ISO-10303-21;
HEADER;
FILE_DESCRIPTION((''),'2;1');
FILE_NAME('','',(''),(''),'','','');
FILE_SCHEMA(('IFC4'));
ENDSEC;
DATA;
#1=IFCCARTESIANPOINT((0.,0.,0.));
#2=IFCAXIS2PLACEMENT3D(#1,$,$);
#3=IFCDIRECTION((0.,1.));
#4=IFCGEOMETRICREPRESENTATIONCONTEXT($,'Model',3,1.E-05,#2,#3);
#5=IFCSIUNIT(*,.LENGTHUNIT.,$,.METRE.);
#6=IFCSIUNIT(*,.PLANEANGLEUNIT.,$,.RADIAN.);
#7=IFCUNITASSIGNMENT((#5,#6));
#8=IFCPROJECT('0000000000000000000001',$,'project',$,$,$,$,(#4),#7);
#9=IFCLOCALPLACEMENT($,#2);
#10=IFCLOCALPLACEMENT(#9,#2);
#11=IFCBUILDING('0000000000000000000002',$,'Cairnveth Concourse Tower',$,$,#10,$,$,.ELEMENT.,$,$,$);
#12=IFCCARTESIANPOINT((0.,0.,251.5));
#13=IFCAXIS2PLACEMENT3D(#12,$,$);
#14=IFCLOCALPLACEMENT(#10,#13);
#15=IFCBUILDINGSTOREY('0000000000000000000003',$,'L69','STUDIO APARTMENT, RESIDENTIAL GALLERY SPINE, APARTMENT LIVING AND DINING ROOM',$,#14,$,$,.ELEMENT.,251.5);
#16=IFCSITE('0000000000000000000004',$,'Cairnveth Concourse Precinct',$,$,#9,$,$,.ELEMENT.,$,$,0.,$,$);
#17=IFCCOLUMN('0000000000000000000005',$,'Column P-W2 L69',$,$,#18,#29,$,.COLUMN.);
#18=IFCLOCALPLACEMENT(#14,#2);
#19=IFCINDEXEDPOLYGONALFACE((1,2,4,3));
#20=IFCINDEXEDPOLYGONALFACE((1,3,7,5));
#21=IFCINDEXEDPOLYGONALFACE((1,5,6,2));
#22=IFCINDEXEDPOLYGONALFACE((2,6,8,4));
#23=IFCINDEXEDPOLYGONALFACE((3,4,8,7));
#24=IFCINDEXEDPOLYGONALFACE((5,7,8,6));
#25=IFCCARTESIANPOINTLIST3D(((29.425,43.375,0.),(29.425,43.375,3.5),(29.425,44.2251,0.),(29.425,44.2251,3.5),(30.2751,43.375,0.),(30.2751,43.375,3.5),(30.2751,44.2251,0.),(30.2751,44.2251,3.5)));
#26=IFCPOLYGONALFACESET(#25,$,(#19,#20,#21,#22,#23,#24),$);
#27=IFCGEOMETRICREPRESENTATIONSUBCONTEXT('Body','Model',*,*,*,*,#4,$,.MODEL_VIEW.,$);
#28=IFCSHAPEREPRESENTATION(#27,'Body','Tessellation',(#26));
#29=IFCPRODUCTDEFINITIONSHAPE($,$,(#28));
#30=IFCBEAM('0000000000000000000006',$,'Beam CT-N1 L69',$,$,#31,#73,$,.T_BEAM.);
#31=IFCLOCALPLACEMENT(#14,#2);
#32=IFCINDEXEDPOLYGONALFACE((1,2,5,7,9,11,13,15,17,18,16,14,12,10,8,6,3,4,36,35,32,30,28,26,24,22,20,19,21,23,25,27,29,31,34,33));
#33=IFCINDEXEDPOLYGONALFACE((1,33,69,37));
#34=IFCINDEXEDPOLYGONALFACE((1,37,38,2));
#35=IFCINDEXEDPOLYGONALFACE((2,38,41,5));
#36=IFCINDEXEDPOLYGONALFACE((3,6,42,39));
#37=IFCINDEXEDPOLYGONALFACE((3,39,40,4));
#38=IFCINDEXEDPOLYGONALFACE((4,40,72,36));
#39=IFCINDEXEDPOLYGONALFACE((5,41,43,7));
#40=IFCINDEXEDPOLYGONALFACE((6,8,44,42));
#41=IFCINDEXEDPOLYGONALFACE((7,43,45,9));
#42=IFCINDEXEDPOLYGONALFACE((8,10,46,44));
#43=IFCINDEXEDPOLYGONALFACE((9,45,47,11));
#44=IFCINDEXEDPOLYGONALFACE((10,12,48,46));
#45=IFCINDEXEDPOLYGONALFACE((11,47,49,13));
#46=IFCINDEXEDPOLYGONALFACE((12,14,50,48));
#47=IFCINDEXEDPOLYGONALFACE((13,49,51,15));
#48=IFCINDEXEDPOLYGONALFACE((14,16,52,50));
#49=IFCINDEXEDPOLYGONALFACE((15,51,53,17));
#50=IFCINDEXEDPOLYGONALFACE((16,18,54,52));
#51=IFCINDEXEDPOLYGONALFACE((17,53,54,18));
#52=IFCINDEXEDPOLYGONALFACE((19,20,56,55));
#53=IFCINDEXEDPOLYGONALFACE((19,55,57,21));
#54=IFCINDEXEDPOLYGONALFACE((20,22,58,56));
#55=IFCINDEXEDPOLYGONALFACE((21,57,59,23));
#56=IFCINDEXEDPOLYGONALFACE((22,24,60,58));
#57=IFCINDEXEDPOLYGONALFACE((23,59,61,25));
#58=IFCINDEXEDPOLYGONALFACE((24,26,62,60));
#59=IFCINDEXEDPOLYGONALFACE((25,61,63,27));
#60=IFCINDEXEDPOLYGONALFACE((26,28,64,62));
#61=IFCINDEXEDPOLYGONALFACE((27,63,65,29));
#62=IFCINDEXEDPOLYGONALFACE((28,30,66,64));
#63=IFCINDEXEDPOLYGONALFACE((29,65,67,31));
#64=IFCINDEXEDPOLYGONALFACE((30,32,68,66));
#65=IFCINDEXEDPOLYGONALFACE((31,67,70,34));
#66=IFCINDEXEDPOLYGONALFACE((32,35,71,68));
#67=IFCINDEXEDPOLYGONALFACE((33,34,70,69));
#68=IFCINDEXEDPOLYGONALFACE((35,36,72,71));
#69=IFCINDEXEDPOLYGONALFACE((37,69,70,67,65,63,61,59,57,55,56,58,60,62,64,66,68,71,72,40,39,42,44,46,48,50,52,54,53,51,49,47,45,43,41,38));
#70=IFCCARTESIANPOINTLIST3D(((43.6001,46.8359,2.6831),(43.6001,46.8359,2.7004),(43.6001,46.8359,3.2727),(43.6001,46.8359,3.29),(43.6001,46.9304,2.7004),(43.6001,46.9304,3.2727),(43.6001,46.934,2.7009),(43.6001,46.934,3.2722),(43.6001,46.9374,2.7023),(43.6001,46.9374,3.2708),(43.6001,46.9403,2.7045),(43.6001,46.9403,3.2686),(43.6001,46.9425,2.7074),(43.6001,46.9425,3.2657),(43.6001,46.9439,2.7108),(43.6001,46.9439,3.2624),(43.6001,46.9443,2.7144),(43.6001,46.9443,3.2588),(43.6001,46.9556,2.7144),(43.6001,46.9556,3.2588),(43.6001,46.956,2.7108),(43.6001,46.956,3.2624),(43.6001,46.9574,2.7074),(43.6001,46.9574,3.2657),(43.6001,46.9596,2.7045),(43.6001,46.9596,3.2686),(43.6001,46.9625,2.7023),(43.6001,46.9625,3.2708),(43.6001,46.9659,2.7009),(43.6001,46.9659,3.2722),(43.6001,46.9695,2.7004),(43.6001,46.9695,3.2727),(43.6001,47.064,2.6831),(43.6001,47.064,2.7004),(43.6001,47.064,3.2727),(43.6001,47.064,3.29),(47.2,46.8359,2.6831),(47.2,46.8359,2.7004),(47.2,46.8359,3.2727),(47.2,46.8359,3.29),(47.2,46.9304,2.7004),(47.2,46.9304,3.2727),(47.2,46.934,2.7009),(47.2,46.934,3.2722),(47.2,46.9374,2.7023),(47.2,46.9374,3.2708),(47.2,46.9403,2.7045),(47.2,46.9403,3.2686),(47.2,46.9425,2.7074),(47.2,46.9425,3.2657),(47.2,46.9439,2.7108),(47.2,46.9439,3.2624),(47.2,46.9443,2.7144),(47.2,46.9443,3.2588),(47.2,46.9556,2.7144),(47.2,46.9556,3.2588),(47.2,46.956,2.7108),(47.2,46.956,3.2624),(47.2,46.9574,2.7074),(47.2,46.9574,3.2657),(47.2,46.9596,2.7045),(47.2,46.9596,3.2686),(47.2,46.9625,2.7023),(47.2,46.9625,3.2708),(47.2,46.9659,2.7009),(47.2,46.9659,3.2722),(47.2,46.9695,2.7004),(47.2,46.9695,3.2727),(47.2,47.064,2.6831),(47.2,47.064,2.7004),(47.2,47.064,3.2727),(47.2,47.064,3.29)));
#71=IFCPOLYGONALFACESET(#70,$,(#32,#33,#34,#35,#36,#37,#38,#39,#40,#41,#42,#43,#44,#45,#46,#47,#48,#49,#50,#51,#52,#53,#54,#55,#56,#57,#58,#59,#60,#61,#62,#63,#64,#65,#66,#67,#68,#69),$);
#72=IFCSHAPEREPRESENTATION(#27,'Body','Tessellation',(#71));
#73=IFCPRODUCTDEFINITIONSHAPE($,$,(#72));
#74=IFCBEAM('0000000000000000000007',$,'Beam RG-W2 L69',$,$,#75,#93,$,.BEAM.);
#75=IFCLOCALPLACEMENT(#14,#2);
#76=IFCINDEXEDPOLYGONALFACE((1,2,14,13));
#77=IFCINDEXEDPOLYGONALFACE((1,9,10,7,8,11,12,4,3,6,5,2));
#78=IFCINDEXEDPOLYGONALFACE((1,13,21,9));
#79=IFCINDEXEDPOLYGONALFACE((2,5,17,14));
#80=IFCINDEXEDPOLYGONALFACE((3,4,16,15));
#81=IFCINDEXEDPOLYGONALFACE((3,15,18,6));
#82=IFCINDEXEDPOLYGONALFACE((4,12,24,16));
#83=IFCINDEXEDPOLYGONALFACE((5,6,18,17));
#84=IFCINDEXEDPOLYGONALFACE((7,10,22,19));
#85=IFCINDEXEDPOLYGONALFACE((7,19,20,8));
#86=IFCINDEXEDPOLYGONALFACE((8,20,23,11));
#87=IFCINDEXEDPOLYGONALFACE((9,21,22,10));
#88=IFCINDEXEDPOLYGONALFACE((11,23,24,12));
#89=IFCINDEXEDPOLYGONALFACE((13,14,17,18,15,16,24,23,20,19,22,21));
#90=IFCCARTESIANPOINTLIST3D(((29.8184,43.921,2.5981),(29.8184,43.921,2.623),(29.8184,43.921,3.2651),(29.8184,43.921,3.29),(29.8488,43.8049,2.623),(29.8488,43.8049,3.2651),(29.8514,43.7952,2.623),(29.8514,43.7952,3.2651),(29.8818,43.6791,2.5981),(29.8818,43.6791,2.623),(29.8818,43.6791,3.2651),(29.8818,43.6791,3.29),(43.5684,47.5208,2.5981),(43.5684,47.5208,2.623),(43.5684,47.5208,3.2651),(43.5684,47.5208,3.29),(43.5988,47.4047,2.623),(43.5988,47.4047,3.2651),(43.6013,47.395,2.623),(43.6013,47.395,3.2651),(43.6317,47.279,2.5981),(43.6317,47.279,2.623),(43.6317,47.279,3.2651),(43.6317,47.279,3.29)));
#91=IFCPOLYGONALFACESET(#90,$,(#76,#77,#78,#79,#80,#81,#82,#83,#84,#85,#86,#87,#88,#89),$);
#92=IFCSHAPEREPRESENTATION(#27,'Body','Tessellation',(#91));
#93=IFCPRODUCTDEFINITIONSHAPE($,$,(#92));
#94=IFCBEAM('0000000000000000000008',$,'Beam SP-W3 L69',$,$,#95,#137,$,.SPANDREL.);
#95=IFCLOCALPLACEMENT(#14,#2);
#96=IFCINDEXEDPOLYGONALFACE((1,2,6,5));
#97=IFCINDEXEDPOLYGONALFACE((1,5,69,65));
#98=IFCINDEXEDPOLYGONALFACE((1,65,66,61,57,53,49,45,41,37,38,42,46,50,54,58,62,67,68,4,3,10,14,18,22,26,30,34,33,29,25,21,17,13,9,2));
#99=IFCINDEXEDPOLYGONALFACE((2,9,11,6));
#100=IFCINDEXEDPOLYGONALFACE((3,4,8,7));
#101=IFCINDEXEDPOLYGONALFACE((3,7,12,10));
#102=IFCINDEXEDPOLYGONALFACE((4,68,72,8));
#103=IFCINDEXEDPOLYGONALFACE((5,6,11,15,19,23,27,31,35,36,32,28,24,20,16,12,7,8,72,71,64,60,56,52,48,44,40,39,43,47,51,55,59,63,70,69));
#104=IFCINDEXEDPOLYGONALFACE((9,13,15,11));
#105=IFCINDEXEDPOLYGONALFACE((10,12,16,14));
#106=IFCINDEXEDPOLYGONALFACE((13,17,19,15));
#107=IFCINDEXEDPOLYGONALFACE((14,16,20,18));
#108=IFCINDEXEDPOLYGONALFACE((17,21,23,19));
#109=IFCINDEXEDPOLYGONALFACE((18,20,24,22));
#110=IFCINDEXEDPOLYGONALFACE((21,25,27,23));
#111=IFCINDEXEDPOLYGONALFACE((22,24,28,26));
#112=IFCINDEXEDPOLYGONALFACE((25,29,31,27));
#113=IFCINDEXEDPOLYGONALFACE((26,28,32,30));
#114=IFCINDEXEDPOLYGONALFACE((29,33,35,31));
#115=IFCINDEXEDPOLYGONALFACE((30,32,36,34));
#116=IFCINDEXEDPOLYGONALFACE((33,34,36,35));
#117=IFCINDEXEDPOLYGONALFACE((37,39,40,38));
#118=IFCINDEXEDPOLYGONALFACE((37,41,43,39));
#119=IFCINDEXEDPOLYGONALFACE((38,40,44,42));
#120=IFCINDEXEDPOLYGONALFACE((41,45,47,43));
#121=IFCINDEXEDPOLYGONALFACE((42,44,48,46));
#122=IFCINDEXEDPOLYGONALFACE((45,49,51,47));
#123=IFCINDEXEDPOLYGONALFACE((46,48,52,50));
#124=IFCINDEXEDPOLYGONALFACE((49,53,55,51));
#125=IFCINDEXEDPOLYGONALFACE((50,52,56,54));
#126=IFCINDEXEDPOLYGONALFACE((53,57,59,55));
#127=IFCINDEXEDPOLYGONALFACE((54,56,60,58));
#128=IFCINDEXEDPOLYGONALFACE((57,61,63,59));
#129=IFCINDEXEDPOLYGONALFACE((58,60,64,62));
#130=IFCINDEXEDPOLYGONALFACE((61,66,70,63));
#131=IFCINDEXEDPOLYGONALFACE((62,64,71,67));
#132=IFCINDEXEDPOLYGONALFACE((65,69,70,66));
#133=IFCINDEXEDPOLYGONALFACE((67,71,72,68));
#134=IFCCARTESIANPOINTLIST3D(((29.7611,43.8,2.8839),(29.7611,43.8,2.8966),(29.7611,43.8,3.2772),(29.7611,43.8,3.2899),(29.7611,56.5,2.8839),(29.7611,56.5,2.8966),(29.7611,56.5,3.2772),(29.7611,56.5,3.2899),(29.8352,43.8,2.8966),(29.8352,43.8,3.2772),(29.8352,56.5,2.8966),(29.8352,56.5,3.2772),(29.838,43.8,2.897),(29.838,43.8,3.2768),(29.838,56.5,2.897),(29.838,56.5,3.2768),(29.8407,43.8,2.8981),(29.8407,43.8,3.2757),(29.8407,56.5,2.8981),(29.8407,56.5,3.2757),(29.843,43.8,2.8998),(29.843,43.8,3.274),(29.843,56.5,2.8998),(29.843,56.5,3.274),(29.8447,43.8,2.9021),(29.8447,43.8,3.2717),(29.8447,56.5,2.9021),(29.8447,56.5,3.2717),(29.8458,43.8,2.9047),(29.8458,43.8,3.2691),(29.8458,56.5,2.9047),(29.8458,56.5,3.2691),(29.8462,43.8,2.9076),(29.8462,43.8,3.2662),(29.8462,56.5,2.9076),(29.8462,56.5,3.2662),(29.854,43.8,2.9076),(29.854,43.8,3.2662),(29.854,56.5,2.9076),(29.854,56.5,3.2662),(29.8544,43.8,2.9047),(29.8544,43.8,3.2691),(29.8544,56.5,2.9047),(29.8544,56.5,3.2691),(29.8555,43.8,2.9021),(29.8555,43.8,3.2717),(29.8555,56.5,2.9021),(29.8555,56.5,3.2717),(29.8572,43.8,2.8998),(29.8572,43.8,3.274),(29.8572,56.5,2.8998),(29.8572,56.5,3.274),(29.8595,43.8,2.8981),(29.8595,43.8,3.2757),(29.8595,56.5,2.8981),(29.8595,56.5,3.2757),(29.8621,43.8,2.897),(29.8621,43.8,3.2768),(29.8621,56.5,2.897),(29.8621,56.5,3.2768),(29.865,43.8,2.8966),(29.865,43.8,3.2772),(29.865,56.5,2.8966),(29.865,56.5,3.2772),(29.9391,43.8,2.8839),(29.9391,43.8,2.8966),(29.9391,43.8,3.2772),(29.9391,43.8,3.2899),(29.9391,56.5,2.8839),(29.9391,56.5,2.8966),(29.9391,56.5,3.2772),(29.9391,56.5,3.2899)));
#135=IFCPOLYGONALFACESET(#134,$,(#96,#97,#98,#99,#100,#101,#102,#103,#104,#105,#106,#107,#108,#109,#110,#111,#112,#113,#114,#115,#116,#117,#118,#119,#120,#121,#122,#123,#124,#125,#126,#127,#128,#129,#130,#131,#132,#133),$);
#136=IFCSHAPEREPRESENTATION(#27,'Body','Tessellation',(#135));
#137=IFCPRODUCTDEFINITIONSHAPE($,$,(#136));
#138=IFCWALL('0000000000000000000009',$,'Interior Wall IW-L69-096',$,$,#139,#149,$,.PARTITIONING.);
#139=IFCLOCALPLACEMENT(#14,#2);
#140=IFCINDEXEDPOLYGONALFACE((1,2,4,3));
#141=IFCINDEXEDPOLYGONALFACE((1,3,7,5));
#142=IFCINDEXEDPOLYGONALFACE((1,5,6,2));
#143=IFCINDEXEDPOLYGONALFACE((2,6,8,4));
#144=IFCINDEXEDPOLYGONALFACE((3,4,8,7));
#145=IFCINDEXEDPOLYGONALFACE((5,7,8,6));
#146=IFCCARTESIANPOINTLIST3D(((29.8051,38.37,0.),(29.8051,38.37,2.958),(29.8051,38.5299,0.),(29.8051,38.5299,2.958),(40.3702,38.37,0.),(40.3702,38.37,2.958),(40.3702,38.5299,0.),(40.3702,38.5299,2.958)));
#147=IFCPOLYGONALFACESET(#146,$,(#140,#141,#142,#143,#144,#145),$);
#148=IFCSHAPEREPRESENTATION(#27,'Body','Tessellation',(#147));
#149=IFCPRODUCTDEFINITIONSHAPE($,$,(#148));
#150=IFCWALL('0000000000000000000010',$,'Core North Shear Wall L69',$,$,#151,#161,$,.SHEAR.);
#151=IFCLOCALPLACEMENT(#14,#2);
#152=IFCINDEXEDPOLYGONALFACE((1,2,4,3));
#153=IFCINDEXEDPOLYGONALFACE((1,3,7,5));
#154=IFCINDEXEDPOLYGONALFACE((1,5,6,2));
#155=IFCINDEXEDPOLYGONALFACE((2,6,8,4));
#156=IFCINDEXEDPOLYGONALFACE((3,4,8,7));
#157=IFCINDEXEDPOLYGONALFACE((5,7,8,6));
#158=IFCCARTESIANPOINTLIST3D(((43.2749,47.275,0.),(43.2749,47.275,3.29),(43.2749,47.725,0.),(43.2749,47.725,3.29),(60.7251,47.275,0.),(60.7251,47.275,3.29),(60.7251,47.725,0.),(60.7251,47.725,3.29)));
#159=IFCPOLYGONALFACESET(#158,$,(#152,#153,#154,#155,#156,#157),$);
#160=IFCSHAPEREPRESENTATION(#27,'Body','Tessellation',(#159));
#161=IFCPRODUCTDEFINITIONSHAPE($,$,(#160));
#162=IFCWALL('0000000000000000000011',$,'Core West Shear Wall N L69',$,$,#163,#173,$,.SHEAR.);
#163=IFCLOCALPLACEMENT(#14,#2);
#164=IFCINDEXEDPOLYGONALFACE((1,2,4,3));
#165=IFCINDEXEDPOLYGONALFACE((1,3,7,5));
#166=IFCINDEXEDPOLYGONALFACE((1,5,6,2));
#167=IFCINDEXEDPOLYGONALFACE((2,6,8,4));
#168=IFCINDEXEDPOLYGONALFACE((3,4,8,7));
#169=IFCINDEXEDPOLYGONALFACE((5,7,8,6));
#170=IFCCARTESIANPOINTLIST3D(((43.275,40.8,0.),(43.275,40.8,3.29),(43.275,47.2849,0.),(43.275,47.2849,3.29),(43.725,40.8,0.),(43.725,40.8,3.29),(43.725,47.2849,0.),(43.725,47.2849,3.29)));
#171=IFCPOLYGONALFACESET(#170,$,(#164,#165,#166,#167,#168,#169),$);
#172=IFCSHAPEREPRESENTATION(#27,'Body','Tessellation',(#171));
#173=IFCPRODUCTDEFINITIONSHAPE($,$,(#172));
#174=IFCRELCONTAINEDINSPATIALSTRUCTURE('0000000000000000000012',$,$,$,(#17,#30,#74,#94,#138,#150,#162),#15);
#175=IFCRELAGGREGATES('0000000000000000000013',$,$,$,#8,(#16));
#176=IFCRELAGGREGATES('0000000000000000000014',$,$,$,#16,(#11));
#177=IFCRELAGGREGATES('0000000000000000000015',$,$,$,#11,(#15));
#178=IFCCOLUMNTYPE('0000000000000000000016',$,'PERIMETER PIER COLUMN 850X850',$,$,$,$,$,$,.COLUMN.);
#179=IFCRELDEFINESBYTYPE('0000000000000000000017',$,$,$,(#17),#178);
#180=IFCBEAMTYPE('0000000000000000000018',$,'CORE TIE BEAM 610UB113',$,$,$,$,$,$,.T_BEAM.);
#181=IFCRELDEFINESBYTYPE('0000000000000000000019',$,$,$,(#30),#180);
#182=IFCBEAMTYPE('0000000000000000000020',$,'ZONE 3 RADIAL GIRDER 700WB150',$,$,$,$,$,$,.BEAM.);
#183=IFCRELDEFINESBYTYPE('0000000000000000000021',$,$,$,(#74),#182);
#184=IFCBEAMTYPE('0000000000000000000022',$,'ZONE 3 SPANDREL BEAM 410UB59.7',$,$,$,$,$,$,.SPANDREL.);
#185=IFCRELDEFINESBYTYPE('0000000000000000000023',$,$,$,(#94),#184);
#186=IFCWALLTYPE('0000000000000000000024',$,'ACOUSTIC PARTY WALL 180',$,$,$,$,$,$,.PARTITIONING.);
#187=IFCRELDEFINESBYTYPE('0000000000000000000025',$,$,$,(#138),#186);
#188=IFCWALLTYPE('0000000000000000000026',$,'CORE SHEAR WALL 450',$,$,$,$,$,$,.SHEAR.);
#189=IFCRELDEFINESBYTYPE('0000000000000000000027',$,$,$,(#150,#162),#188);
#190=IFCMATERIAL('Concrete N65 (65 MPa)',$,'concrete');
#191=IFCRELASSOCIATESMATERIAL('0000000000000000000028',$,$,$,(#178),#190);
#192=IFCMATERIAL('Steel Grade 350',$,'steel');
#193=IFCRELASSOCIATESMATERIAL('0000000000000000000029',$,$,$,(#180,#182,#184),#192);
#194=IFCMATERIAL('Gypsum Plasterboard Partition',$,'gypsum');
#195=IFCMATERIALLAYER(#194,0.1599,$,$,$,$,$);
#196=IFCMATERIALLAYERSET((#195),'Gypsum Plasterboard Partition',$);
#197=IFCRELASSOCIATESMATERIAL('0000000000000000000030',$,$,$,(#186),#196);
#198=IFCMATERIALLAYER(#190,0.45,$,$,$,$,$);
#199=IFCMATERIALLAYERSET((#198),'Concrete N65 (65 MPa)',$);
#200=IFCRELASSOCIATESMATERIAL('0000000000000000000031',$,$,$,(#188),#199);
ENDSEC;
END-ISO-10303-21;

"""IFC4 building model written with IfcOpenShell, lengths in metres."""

from ifc_helpers import new_model, si_unit, direction, frame, frame_2d, origin, origin_2d, place, context, subcontext, project, spatial, rectangle, i_section, extrude, material, layer, layer_set, material_profile, profile_set, type_object, element, save


model = new_model("IFC4")

# Units and contexts
model_context = context("Model", 3, precision=1e-05, world=origin(), true_north=direction((0.0, 1.0)))
body_context = subcontext(model_context, "Body", "Model", "MODEL_VIEW")
ifc_project = project(units=[si_unit("LENGTHUNIT", "METRE"), si_unit("PLANEANGLEUNIT", "RADIAN")], contexts=[model_context])

# Site, building, storey
site_placement = place(None, origin())
site = spatial("IfcSite", under=ifc_project, at=site_placement, Name="Cairnveth Concourse Precinct", CompositionType="ELEMENT", RefElevation=0.0)
building_placement = place(site_placement, origin())
building = spatial("IfcBuilding", under=site, at=building_placement, Name="Cairnveth Concourse Tower", CompositionType="ELEMENT")
storey_placement = place(building_placement, frame((0.0, 0.0, 251.5)))
storey = spatial("IfcBuildingStorey", under=building, at=storey_placement, Name="L69", Description="STUDIO APARTMENT, RESIDENTIAL GALLERY SPINE, APARTMENT LIVING AND DINING ROOM", CompositionType="ELEMENT", Elevation=251.5)

# Column
ifc_material_1 = material(Name="Concrete N65 (65 MPa)", Category="concrete")
ifc_material_profile_1 = material_profile(ifc_material_1, rectangle(XDim=0.8501, YDim=0.8501, at=origin_2d()), Name="RC-COL-850x850")
ifc_profile_set_1 = profile_set([ifc_material_profile_1], Name="Concrete N65 (65 MPa)")
column_type = type_object("IfcColumnType", Name="PERIMETER PIER COLUMN 850X850", PredefinedType="COLUMN", material=ifc_profile_set_1)
column_placement = place(storey_placement, frame((29.8501, 43.8, 0.0), z_axis=(0.0, 0.0, 1.0), x_axis=(0.0, 1.0, 0.0)))
element("IfcColumn", 1, at=column_placement, inside=storey, type_object=column_type, Name="Column P-W2 L69", PredefinedType="COLUMN", context=body_context, shape_type="SweptSolid", body=[
    extrude(rectangle(XDim=0.8501, YDim=0.8501, at=origin_2d()), origin(), (0.0, 0.0, 1.0), 3.5),
])

# Beams
ifc_material_2 = material(Name="Steel Grade 350", Category="steel")
ifc_material_profile_2 = material_profile(ifc_material_2, i_section(OverallWidth=0.228, OverallDepth=0.6069, WebThickness=0.0112, FlangeThickness=0.0173, FilletRadius=0.0139, at=origin_2d()), Name="610UB113")
ifc_profile_set_2 = profile_set([ifc_material_profile_2], Name="Steel Grade 350")
beam_type_1 = type_object("IfcBeamType", Name="CORE TIE BEAM 610UB113", PredefinedType="T_BEAM", material=ifc_profile_set_2)
beam_1_placement = place(storey_placement, frame((43.6001, 46.95, 2.9866), z_axis=(1.0, 0.0, 0.0), x_axis=(0.0, 1.0, 0.0)))
element("IfcBeam", 2, at=beam_1_placement, inside=storey, type_object=beam_type_1, Name="Beam CT-N1 L69", PredefinedType="T_BEAM", context=body_context, shape_type="SweptSolid", body=[
    extrude(i_section(OverallWidth=0.228, OverallDepth=0.6069, WebThickness=0.0112, FlangeThickness=0.0173, FilletRadius=0.0139, at=origin_2d()), origin(), (0.0, 0.0, 1.0), 3.5999),
])
ifc_material_profile_3 = material_profile(ifc_material_2, i_section(OverallWidth=0.25, OverallDepth=0.6919, WebThickness=0.01, FlangeThickness=0.0249, at=origin_2d()), Name="700WB150")
ifc_profile_set_3 = profile_set([ifc_material_profile_3], Name="Steel Grade 350")
beam_type_2 = type_object("IfcBeamType", Name="ZONE 3 RADIAL GIRDER 700WB150", PredefinedType="BEAM", material=ifc_profile_set_3)
beam_2_placement = place(storey_placement, frame((29.8501, 43.8, 2.9441), z_axis=(0.967395, 0.253271, 0.0), x_axis=(-0.253271, 0.967395, 0.0)))
element("IfcBeam", 3, at=beam_2_placement, inside=storey, type_object=beam_type_2, Name="Beam RG-W2 L69", PredefinedType="BEAM", context=body_context, shape_type="SweptSolid", body=[
    extrude(i_section(OverallWidth=0.25, OverallDepth=0.6919, WebThickness=0.01, FlangeThickness=0.0249, at=origin_2d()), origin(), (0.0, 0.0, 1.0), 14.2134),
])
ifc_material_profile_4 = material_profile(ifc_material_2, i_section(OverallWidth=0.178, OverallDepth=0.406, WebThickness=0.0078, FlangeThickness=0.0127, FilletRadius=0.011, at=origin_2d()), Name="410UB59.7")
ifc_profile_set_4 = profile_set([ifc_material_profile_4], Name="Steel Grade 350")
beam_type_3 = type_object("IfcBeamType", Name="ZONE 3 SPANDREL BEAM 410UB59.7", PredefinedType="SPANDREL", material=ifc_profile_set_4)
beam_3_placement = place(storey_placement, frame((29.8501, 43.8, 3.0869), z_axis=(0.0, 1.0, 0.0), x_axis=(-1.0, 0.0, 0.0)))
element("IfcBeam", 4, at=beam_3_placement, inside=storey, type_object=beam_type_3, Name="Beam SP-W3 L69", PredefinedType="SPANDREL", context=body_context, shape_type="SweptSolid", body=[
    extrude(i_section(OverallWidth=0.178, OverallDepth=0.406, WebThickness=0.0078, FlangeThickness=0.0127, FilletRadius=0.011, at=origin_2d()), origin(), (0.0, 0.0, 1.0), 12.7),
])

# Walls
ifc_material_3 = material(Name="Gypsum Plasterboard Partition", Category="gypsum")
ifc_layer_1 = layer(ifc_material_3, 0.1599)
ifc_layer_set_1 = layer_set([ifc_layer_1], Name="Gypsum Plasterboard Partition")
wall_type_1 = type_object("IfcWallType", Name="ACOUSTIC PARTY WALL 180", PredefinedType="PARTITIONING", material=ifc_layer_set_1)
wall_1_placement = place(storey_placement, frame((29.8049, 38.45, 0.0), z_axis=(0.0, 0.0, 1.0), x_axis=(1.0, 0.0, 0.0)))
element("IfcWall", 5, at=wall_1_placement, inside=storey, type_object=wall_type_1, Name="Interior Wall IW-L69-096", PredefinedType="PARTITIONING", context=body_context, shape_type="SweptSolid", body=[
    extrude(rectangle(XDim=10.5652, YDim=0.1599, at=frame_2d((5.2827, 0.0))), origin(), (0.0, 0.0, 1.0), 2.958),
])
ifc_layer_2 = layer(ifc_material_1, 0.45)
ifc_layer_set_2 = layer_set([ifc_layer_2], Name="Concrete N65 (65 MPa)")
wall_type_2 = type_object("IfcWallType", Name="CORE SHEAR WALL 450", PredefinedType="SHEAR", material=ifc_layer_set_2)
wall_2_placement = place(storey_placement, frame((43.2749, 47.5, 0.0), z_axis=(0.0, 0.0, 1.0), x_axis=(1.0, 0.0, 0.0)))
element("IfcWall", 6, at=wall_2_placement, inside=storey, type_object=wall_type_2, Name="Core North Shear Wall L69", PredefinedType="SHEAR", context=body_context, shape_type="SweptSolid", body=[
    extrude(rectangle(XDim=17.4502, YDim=0.45, at=frame_2d((8.7251, 0.0))), origin(), (0.0, 0.0, 1.0), 3.29),
])
wall_3_placement = place(storey_placement, frame((43.5, 40.8, 0.0), z_axis=(0.0, 0.0, 1.0), x_axis=(0.0, 1.0, 0.0)))
element("IfcWall", 7, at=wall_3_placement, inside=storey, type_object=wall_type_2, Name="Core West Shear Wall N L69", PredefinedType="SHEAR", context=body_context, shape_type="SweptSolid", body=[
    extrude(rectangle(XDim=6.4849, YDim=0.45, at=frame_2d((3.2424, 0.0))), origin(), (0.0, 0.0, 1.0), 3.29),
])

save(model, "model.ifc")
